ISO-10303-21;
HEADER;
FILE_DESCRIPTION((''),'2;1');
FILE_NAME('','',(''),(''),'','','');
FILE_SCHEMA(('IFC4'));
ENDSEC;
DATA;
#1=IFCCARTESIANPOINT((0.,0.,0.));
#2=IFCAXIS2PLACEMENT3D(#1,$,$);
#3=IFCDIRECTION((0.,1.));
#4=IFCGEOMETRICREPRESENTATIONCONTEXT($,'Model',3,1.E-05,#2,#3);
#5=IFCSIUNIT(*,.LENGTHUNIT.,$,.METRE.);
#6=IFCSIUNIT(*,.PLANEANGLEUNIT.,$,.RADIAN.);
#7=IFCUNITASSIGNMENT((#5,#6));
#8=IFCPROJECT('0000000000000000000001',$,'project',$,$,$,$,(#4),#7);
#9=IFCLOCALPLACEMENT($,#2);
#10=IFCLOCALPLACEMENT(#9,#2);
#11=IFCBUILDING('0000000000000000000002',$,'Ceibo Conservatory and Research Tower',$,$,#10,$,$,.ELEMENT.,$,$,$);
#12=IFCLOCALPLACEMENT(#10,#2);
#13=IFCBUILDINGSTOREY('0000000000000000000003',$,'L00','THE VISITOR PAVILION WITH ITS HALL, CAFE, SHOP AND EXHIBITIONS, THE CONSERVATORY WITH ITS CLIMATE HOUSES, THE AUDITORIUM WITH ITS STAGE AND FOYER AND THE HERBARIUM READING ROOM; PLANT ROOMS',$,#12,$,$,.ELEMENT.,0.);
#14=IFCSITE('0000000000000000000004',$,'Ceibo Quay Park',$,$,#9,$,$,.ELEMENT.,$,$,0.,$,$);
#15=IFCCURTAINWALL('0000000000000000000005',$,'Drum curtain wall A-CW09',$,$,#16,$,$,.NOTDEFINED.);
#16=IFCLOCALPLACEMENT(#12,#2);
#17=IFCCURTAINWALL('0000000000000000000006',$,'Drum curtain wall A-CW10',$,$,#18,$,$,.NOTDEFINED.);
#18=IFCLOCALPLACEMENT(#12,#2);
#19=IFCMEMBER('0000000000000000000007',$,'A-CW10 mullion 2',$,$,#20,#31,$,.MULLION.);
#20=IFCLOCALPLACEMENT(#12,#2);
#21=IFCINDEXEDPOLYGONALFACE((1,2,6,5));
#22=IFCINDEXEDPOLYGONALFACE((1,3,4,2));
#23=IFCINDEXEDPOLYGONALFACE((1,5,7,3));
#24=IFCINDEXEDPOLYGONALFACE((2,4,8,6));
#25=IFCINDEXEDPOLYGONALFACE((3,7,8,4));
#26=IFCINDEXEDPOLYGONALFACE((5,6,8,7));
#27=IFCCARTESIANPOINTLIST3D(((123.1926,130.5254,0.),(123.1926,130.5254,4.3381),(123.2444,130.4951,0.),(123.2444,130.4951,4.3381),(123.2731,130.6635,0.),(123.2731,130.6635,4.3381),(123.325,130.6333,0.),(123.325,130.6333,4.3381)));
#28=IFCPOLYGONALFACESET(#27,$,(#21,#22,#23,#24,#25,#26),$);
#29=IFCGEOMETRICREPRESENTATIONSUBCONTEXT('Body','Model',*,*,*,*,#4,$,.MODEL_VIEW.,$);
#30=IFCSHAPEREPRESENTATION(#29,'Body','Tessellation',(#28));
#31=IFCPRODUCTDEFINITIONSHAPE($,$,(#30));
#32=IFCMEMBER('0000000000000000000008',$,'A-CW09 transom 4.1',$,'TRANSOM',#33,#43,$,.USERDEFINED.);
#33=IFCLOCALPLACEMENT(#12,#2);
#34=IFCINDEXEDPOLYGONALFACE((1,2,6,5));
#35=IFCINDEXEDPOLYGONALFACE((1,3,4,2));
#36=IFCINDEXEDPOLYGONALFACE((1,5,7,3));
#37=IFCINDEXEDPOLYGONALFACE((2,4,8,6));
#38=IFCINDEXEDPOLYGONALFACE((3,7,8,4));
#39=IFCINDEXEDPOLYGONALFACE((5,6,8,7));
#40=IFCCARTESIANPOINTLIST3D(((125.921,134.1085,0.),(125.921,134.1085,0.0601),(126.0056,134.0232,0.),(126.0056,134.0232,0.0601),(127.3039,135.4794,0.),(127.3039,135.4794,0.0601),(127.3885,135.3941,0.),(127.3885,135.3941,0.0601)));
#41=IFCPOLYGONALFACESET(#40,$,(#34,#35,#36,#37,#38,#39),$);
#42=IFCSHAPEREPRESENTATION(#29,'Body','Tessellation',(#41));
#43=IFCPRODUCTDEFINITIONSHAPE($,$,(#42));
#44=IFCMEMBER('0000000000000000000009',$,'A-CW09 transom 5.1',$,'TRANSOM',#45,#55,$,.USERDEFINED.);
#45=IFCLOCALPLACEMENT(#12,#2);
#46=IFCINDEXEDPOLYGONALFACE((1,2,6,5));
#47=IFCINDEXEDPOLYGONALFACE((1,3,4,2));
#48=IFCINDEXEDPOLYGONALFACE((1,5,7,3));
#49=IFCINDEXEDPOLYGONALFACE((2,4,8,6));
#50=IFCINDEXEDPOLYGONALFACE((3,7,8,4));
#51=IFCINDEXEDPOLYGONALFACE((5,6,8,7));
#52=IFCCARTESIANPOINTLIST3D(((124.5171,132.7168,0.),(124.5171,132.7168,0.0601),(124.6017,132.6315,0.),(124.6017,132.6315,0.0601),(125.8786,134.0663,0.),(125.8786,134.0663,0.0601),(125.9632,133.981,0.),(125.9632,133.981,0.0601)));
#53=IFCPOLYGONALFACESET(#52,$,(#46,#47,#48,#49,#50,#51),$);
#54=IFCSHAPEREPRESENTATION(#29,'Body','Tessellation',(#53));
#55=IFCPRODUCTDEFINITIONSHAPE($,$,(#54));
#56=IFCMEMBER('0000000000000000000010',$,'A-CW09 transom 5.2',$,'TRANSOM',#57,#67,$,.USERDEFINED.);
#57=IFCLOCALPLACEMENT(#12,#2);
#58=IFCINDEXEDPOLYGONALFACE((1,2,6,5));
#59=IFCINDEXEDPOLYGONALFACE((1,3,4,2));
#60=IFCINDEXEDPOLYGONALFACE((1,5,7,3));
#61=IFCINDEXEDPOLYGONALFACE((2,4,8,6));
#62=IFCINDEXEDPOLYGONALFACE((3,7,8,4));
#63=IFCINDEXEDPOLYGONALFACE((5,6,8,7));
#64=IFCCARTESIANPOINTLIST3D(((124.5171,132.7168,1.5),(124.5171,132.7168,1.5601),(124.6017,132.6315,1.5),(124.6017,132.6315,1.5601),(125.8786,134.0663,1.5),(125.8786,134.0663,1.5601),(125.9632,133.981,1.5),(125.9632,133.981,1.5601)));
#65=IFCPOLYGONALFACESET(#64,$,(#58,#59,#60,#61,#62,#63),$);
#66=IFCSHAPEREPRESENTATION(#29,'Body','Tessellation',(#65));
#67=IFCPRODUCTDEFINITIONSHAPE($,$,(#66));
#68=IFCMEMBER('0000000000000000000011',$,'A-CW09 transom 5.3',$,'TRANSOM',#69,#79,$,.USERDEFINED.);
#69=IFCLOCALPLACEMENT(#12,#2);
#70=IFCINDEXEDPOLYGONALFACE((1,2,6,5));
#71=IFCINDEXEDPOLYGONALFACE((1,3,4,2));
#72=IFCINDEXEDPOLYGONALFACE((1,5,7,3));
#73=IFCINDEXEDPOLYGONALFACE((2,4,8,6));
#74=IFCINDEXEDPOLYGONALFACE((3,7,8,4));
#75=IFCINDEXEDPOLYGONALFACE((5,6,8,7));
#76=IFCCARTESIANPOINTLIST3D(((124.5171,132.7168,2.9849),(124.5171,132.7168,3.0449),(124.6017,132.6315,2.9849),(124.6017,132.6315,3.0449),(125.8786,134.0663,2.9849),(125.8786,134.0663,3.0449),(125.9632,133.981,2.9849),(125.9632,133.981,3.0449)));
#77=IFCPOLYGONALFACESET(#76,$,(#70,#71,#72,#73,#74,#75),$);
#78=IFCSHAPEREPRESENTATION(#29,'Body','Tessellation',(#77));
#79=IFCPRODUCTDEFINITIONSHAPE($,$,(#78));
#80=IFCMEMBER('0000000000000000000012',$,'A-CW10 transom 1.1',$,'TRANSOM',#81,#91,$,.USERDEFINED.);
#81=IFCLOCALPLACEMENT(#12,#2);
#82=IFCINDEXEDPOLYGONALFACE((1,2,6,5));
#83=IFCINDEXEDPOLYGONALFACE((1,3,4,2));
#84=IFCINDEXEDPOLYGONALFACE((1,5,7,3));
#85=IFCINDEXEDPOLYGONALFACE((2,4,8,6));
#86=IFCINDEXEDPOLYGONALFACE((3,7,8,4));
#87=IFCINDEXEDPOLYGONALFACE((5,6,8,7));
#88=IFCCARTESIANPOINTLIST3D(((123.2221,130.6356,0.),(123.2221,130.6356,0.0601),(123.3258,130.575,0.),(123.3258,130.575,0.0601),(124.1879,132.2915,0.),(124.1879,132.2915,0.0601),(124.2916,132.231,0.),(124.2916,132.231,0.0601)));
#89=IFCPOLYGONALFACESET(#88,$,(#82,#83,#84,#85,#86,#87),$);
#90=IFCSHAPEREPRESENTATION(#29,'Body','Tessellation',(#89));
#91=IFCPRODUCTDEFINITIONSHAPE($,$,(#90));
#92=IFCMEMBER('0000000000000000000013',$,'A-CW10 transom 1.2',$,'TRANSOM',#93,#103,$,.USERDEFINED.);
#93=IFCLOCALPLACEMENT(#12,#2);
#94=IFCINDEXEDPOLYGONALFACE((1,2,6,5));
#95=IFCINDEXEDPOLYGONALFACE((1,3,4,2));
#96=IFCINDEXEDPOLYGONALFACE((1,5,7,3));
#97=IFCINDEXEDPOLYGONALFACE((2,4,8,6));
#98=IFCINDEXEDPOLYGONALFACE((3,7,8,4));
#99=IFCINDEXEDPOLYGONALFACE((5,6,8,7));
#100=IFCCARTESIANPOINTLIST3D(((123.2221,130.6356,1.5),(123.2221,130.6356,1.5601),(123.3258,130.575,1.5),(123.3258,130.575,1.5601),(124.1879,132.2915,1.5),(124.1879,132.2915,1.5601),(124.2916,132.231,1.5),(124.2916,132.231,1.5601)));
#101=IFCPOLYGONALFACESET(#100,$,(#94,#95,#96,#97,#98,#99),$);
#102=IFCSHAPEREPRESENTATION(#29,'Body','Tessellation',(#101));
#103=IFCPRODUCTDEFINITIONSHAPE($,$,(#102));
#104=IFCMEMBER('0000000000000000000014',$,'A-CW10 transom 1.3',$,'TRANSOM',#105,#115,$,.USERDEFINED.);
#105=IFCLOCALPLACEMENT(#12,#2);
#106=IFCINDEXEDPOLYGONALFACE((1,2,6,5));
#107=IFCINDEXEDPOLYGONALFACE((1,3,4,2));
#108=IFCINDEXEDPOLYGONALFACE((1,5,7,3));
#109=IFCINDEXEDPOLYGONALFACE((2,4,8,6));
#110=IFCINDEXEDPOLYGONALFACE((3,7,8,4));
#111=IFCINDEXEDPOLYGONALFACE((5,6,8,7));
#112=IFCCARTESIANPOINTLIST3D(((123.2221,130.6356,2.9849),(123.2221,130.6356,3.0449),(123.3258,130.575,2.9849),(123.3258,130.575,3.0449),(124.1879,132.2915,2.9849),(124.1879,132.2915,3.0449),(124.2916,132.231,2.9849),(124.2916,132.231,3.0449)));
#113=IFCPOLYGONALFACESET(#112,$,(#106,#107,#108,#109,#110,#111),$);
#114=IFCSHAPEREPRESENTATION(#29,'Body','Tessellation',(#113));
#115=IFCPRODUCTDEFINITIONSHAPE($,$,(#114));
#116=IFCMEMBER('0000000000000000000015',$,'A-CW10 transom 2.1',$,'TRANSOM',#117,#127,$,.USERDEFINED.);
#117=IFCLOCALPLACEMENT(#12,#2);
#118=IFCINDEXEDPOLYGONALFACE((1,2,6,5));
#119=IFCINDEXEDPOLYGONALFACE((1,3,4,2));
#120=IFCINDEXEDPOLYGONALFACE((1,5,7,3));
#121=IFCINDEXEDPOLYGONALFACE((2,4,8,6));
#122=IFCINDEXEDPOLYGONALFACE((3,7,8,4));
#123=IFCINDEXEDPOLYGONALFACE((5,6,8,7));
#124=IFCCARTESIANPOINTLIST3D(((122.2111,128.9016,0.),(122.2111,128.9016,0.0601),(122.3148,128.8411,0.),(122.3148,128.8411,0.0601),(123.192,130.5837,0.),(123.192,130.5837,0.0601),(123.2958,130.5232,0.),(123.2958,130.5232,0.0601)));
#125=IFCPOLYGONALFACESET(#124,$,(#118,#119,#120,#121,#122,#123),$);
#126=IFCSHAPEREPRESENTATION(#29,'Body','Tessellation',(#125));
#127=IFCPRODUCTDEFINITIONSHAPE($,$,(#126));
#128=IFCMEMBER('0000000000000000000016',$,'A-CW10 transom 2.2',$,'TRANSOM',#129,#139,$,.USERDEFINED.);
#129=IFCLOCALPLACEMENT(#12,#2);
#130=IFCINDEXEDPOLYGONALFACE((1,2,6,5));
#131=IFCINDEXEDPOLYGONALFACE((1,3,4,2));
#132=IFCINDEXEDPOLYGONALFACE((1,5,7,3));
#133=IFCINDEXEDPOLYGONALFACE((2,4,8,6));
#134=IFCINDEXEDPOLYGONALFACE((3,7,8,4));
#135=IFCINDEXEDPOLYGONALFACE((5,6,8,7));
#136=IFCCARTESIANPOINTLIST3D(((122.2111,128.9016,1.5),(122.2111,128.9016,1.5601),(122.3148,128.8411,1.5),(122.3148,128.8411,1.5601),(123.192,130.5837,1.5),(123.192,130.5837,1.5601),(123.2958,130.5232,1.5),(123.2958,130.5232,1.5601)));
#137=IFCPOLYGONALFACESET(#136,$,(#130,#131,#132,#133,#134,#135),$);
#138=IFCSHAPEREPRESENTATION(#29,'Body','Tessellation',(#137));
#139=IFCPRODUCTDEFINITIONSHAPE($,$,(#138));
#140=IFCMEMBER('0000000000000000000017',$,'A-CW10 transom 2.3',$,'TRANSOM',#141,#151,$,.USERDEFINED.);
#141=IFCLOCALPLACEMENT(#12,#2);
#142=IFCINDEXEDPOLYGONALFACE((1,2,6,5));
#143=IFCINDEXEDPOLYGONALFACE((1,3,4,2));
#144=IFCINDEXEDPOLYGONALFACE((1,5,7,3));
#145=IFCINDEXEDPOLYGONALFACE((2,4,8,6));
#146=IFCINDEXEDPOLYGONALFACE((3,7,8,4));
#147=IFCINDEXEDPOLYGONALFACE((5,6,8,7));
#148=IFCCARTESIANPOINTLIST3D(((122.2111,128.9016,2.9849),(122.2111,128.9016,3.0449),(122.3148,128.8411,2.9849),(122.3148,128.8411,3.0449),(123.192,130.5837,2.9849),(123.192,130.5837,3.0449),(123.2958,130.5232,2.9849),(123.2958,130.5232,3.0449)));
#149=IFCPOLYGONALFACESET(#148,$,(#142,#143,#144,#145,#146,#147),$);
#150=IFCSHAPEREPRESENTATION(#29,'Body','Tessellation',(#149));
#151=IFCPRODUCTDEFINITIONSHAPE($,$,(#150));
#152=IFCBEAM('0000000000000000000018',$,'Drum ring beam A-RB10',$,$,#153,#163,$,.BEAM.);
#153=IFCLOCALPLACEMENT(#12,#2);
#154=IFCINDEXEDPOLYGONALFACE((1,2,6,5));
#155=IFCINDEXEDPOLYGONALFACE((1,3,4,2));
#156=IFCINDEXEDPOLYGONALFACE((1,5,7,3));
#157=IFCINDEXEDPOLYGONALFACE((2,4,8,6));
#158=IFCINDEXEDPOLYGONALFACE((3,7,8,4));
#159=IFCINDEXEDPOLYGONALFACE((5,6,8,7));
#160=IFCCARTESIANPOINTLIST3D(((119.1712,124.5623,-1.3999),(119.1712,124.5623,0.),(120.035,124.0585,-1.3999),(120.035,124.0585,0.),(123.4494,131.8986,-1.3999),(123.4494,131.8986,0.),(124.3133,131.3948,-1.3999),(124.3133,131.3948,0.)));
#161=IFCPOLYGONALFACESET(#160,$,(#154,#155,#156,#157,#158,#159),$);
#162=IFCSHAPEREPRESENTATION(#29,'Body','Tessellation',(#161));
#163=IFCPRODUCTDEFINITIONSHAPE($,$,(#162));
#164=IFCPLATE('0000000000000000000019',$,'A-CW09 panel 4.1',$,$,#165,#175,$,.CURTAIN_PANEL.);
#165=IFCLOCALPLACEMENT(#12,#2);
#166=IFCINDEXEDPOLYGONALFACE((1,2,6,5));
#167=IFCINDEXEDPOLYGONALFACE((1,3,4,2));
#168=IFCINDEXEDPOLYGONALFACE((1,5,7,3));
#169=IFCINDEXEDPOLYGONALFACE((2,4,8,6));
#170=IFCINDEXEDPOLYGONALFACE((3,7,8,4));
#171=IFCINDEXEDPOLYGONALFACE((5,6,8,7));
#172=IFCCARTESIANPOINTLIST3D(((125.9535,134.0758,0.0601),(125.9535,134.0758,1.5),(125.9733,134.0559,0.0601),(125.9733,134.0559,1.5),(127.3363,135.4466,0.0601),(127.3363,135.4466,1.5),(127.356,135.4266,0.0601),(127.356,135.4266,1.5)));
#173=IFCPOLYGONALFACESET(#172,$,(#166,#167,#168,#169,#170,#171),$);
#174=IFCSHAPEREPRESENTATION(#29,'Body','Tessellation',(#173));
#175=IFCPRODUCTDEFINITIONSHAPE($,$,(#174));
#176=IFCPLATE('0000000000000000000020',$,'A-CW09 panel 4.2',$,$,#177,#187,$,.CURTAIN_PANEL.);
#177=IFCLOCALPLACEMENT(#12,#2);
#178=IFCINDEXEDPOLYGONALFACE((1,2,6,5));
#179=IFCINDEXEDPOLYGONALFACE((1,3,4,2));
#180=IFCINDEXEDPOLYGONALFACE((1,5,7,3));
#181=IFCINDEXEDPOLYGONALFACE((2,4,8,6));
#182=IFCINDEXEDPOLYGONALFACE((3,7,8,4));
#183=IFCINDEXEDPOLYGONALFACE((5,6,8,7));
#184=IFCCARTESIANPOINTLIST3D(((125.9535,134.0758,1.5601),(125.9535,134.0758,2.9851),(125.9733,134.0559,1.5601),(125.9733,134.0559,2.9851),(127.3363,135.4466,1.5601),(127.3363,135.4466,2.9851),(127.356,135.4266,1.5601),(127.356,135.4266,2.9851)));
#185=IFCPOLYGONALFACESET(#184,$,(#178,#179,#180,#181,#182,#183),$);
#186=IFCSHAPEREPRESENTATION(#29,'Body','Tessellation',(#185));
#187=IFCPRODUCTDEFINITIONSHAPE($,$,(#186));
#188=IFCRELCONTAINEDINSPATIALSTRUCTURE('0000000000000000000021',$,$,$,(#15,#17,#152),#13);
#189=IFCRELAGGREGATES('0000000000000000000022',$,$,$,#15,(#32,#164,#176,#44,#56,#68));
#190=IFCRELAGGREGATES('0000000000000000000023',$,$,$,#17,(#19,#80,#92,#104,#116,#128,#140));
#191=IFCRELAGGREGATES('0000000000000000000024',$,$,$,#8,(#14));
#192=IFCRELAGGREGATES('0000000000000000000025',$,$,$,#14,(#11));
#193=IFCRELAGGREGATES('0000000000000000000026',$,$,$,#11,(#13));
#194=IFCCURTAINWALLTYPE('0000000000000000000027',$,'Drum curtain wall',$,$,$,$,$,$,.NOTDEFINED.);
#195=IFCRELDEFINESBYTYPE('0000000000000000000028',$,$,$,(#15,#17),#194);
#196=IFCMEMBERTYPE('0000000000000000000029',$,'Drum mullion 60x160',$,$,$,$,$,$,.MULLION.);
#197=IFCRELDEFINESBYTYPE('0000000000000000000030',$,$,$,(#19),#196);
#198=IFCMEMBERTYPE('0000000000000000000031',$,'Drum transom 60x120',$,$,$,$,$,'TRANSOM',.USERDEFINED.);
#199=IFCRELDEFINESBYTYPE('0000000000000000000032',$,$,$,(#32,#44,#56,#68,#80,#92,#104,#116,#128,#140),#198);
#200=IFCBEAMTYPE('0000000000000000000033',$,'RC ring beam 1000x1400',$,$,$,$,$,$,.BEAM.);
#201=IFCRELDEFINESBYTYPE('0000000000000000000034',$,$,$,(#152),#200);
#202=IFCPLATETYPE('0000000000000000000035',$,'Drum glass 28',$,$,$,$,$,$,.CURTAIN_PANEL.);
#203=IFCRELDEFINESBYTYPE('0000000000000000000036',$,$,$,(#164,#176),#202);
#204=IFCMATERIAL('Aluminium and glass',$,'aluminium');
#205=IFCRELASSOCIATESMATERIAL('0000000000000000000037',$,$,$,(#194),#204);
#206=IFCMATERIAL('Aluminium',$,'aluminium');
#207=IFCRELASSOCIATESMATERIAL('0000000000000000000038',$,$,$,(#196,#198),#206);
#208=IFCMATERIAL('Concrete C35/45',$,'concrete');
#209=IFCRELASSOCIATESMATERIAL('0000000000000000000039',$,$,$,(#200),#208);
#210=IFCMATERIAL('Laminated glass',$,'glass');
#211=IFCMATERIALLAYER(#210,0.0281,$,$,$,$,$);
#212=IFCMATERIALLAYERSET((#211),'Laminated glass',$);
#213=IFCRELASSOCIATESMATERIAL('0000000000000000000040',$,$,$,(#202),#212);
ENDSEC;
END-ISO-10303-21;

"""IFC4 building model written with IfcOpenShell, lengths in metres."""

from ifc_helpers import new_model, si_unit, direction, frame, origin, origin_2d, place, context, subcontext, project, spatial, rectangle, extrude, material, layer, layer_set, material_profile, profile_set, type_object, element, aggregate, save


model = new_model("IFC4")

# Units and contexts
model_context = context("Model", 3, precision=1e-05, world=origin(), true_north=direction((0.0, 1.0)))
body_context = subcontext(model_context, "Body", "Model", "MODEL_VIEW")
ifc_project = project(units=[si_unit("LENGTHUNIT", "METRE"), si_unit("PLANEANGLEUNIT", "RADIAN")], contexts=[model_context])

# Site, building, storey
site_placement = place(None, origin())
site = spatial("IfcSite", under=ifc_project, at=site_placement, Name="Ceibo Quay Park", CompositionType="ELEMENT", RefElevation=0.0)
building_placement = place(site_placement, origin())
building = spatial("IfcBuilding", under=site, at=building_placement, Name="Ceibo Conservatory and Research Tower", CompositionType="ELEMENT")
storey_placement = place(building_placement, origin())
storey = spatial("IfcBuildingStorey", under=building, at=storey_placement, Name="L00", Description="THE VISITOR PAVILION WITH ITS HALL, CAFE, SHOP AND EXHIBITIONS, THE CONSERVATORY WITH ITS CLIMATE HOUSES, THE AUDITORIUM WITH ITS STAGE AND FOYER AND THE HERBARIUM READING ROOM; PLANT ROOMS", CompositionType="ELEMENT", Elevation=0.0)

# Shared definitions
ifc_material_1 = material(Name="Concrete C35/45", Category="concrete")

# Curtain walls, member
ifc_material_2 = material(Name="Aluminium and glass", Category="aluminium")
curtain_wall_type = type_object("IfcCurtainWallType", Name="Drum curtain wall", PredefinedType="NOTDEFINED", material=ifc_material_2)
curtain_wall_1_placement = place(storey_placement, origin())
curtain_wall_1 = element("IfcCurtainWall", 1, at=curtain_wall_1_placement, inside=storey, type_object=curtain_wall_type, Name="Drum curtain wall A-CW09", PredefinedType="NOTDEFINED")
ifc_material_3 = material(Name="Aluminium", Category="aluminium")
ifc_material_profile_1 = material_profile(ifc_material_3, rectangle(XDim=0.0601, YDim=0.1599, at=origin_2d()), Name="AL 60x160")
ifc_profile_set_1 = profile_set([ifc_material_profile_1], Name="Aluminium")
member_type_1 = type_object("IfcMemberType", Name="Drum mullion 60x160", PredefinedType="MULLION", material=ifc_profile_set_1)
curtain_wall_2_placement = place(storey_placement, origin())
curtain_wall_2 = element("IfcCurtainWall", 2, at=curtain_wall_2_placement, inside=storey, type_object=curtain_wall_type, Name="Drum curtain wall A-CW10", PredefinedType="NOTDEFINED")
member_1_placement = place(storey_placement, frame((123.2588, 130.5793, 0.0), z_axis=(0.0, 0.0, 1.0), x_axis=(0.863836, -0.503774, 0.0)))
member_1 = element("IfcMember", 3, at=member_1_placement, type_object=member_type_1, Name="A-CW10 mullion 2", PredefinedType="MULLION", context=body_context, shape_type="SweptSolid", body=[
    extrude(rectangle(XDim=0.0601, YDim=0.1599, at=origin_2d()), origin(), (0.0, 0.0, 1.0), 4.3381),
])

# Members
ifc_material_profile_2 = material_profile(ifc_material_3, rectangle(XDim=0.1201, YDim=0.0601, at=origin_2d()), Name="AL 60x120")
ifc_profile_set_2 = profile_set([ifc_material_profile_2], Name="Aluminium")
member_type_2 = type_object("IfcMemberType", Name="Drum transom 60x120", ElementType="TRANSOM", PredefinedType="USERDEFINED", material=ifc_profile_set_2)
member_2_placement = place(storey_placement, frame((127.3462, 135.4368, 0.03), z_axis=(-0.710172, -0.704028, 0.0), x_axis=(0.704028, -0.710172, 0.0)))
member_2 = element("IfcMember", 4, at=member_2_placement, type_object=member_type_2, Name="A-CW09 transom 4.1", ObjectType="TRANSOM", PredefinedType="USERDEFINED", context=body_context, shape_type="SweptSolid", body=[
    extrude(rectangle(XDim=0.1201, YDim=0.0601, at=origin_2d()), origin(), (0.0, 0.0, 1.0), 1.9473),
])
member_3_placement = place(storey_placement, frame((125.9209, 134.0237, 0.03), z_axis=(-0.71022, -0.70398, 0.0), x_axis=(0.70398, -0.71022, 0.0)))
member_3 = element("IfcMember", 5, at=member_3_placement, type_object=member_type_2, Name="A-CW09 transom 5.1", ObjectType="TRANSOM", PredefinedType="USERDEFINED", context=body_context, shape_type="SweptSolid", body=[
    extrude(rectangle(XDim=0.1201, YDim=0.0601, at=origin_2d()), origin(), (0.0, 0.0, 1.0), 1.917),
])
member_4_placement = place(storey_placement, frame((125.9209, 134.0237, 1.53), z_axis=(-0.71022, -0.70398, 0.0), x_axis=(0.70398, -0.71022, 0.0)))
member_4 = element("IfcMember", 6, at=member_4_placement, type_object=member_type_2, Name="A-CW09 transom 5.2", ObjectType="TRANSOM", PredefinedType="USERDEFINED", context=body_context, shape_type="SweptSolid", body=[
    extrude(rectangle(XDim=0.1201, YDim=0.0601, at=origin_2d()), origin(), (0.0, 0.0, 1.0), 1.917),
])
member_5_placement = place(storey_placement, frame((125.9209, 134.0237, 3.0149), z_axis=(-0.71022, -0.70398, 0.0), x_axis=(0.70398, -0.71022, 0.0)))
member_5 = element("IfcMember", 7, at=member_5_placement, type_object=member_type_2, Name="A-CW09 transom 5.3", ObjectType="TRANSOM", PredefinedType="USERDEFINED", context=body_context, shape_type="SweptSolid", body=[
    extrude(rectangle(XDim=0.1201, YDim=0.0601, at=origin_2d()), origin(), (0.0, 0.0, 1.0), 1.917),
])
member_6_placement = place(storey_placement, frame((124.2397, 132.2612, 0.03), z_axis=(-0.5038, -0.86382, 0.0), x_axis=(0.86382, -0.5038, 0.0)))
member_6 = element("IfcMember", 8, at=member_6_placement, type_object=member_type_2, Name="A-CW10 transom 1.1", ObjectType="TRANSOM", PredefinedType="USERDEFINED", context=body_context, shape_type="SweptSolid", body=[
    extrude(rectangle(XDim=0.1201, YDim=0.0601, at=origin_2d()), origin(), (0.0, 0.0, 1.0), 1.917),
])
member_7_placement = place(storey_placement, frame((124.2397, 132.2612, 1.53), z_axis=(-0.5038, -0.86382, 0.0), x_axis=(0.86382, -0.5038, 0.0)))
member_7 = element("IfcMember", 9, at=member_7_placement, type_object=member_type_2, Name="A-CW10 transom 1.2", ObjectType="TRANSOM", PredefinedType="USERDEFINED", context=body_context, shape_type="SweptSolid", body=[
    extrude(rectangle(XDim=0.1201, YDim=0.0601, at=origin_2d()), origin(), (0.0, 0.0, 1.0), 1.917),
])
member_8_placement = place(storey_placement, frame((124.2397, 132.2612, 3.0149), z_axis=(-0.5038, -0.86382, 0.0), x_axis=(0.86382, -0.5038, 0.0)))
member_8 = element("IfcMember", 10, at=member_8_placement, type_object=member_type_2, Name="A-CW10 transom 1.3", ObjectType="TRANSOM", PredefinedType="USERDEFINED", context=body_context, shape_type="SweptSolid", body=[
    extrude(rectangle(XDim=0.1201, YDim=0.0601, at=origin_2d()), origin(), (0.0, 0.0, 1.0), 1.917),
])
member_9_placement = place(storey_placement, frame((123.2439, 130.5535, 0.03), z_axis=(-0.503762, -0.863843, 0.0), x_axis=(0.863843, -0.503762, 0.0)))
member_9 = element("IfcMember", 11, at=member_9_placement, type_object=member_type_2, Name="A-CW10 transom 2.1", ObjectType="TRANSOM", PredefinedType="USERDEFINED", context=body_context, shape_type="SweptSolid", body=[
    extrude(rectangle(XDim=0.1201, YDim=0.0601, at=origin_2d()), origin(), (0.0, 0.0, 1.0), 1.9473),
])
member_10_placement = place(storey_placement, frame((123.2439, 130.5535, 1.53), z_axis=(-0.503762, -0.863843, 0.0), x_axis=(0.863843, -0.503762, 0.0)))
member_10 = element("IfcMember", 12, at=member_10_placement, type_object=member_type_2, Name="A-CW10 transom 2.2", ObjectType="TRANSOM", PredefinedType="USERDEFINED", context=body_context, shape_type="SweptSolid", body=[
    extrude(rectangle(XDim=0.1201, YDim=0.0601, at=origin_2d()), origin(), (0.0, 0.0, 1.0), 1.9473),
])
member_11_placement = place(storey_placement, frame((123.2439, 130.5535, 3.0149), z_axis=(-0.503762, -0.863843, 0.0), x_axis=(0.863843, -0.503762, 0.0)))
member_11 = element("IfcMember", 13, at=member_11_placement, type_object=member_type_2, Name="A-CW10 transom 2.3", ObjectType="TRANSOM", PredefinedType="USERDEFINED", context=body_context, shape_type="SweptSolid", body=[
    extrude(rectangle(XDim=0.1201, YDim=0.0601, at=origin_2d()), origin(), (0.0, 0.0, 1.0), 1.9473),
])

# Beam
ifc_material_profile_3 = material_profile(ifc_material_1, rectangle(XDim=1.0, YDim=1.3999, at=origin_2d()), Name="RC 1000x1400")
ifc_profile_set_3 = profile_set([ifc_material_profile_3], Name="Concrete C35/45")
beam_type = type_object("IfcBeamType", Name="RC ring beam 1000x1400", PredefinedType="BEAM", material=ifc_profile_set_3)
beam_placement = place(storey_placement, frame((123.8813, 131.6467, -0.7), z_axis=(-0.50376, -0.863844, 0.0), x_axis=(0.863844, -0.50376, 0.0)))
element("IfcBeam", 14, at=beam_placement, inside=storey, type_object=beam_type, Name="Drum ring beam A-RB10", PredefinedType="BEAM", context=body_context, shape_type="SweptSolid", body=[
    extrude(rectangle(XDim=1.0, YDim=1.3999, at=origin_2d()), origin(), (0.0, 0.0, 1.0), 8.4927),
])

# Plates
ifc_material_4 = material(Name="Laminated glass", Category="glass")
ifc_layer_1 = layer(ifc_material_4, 0.0281)
ifc_layer_set_1 = layer_set([ifc_layer_1], Name="Laminated glass")
plate_type = type_object("IfcPlateType", Name="Drum glass 28", PredefinedType="CURTAIN_PANEL", material=ifc_layer_set_1)
plate_1_placement = place(storey_placement, frame((126.6548, 134.7512, 0.0601), z_axis=(0.0, 0.0, 1.0), x_axis=(-0.710185, -0.704015, 0.0)))
plate_1 = element("IfcPlate", 15, at=plate_1_placement, type_object=plate_type, Name="A-CW09 panel 4.1", PredefinedType="CURTAIN_PANEL", context=body_context, shape_type="SweptSolid", body=[
    extrude(rectangle(XDim=1.947, YDim=0.0281, at=origin_2d()), origin(), (0.0, 0.0, 1.0), 1.4399),
])
plate_2_placement = place(storey_placement, frame((126.6548, 134.7512, 1.5601), z_axis=(0.0, 0.0, 1.0), x_axis=(-0.710185, -0.704015, 0.0)))
plate_2 = element("IfcPlate", 16, at=plate_2_placement, type_object=plate_type, Name="A-CW09 panel 4.2", PredefinedType="CURTAIN_PANEL", context=body_context, shape_type="SweptSolid", body=[
    extrude(rectangle(XDim=1.947, YDim=0.0281, at=origin_2d()), origin(), (0.0, 0.0, 1.0), 1.425),
])
aggregate(curtain_wall_1, [member_2, plate_1, plate_2, member_3, member_4, member_5])
aggregate(curtain_wall_2, [member_1, member_6, member_7, member_8, member_9, member_10, member_11])

save(model, "model.ifc")
